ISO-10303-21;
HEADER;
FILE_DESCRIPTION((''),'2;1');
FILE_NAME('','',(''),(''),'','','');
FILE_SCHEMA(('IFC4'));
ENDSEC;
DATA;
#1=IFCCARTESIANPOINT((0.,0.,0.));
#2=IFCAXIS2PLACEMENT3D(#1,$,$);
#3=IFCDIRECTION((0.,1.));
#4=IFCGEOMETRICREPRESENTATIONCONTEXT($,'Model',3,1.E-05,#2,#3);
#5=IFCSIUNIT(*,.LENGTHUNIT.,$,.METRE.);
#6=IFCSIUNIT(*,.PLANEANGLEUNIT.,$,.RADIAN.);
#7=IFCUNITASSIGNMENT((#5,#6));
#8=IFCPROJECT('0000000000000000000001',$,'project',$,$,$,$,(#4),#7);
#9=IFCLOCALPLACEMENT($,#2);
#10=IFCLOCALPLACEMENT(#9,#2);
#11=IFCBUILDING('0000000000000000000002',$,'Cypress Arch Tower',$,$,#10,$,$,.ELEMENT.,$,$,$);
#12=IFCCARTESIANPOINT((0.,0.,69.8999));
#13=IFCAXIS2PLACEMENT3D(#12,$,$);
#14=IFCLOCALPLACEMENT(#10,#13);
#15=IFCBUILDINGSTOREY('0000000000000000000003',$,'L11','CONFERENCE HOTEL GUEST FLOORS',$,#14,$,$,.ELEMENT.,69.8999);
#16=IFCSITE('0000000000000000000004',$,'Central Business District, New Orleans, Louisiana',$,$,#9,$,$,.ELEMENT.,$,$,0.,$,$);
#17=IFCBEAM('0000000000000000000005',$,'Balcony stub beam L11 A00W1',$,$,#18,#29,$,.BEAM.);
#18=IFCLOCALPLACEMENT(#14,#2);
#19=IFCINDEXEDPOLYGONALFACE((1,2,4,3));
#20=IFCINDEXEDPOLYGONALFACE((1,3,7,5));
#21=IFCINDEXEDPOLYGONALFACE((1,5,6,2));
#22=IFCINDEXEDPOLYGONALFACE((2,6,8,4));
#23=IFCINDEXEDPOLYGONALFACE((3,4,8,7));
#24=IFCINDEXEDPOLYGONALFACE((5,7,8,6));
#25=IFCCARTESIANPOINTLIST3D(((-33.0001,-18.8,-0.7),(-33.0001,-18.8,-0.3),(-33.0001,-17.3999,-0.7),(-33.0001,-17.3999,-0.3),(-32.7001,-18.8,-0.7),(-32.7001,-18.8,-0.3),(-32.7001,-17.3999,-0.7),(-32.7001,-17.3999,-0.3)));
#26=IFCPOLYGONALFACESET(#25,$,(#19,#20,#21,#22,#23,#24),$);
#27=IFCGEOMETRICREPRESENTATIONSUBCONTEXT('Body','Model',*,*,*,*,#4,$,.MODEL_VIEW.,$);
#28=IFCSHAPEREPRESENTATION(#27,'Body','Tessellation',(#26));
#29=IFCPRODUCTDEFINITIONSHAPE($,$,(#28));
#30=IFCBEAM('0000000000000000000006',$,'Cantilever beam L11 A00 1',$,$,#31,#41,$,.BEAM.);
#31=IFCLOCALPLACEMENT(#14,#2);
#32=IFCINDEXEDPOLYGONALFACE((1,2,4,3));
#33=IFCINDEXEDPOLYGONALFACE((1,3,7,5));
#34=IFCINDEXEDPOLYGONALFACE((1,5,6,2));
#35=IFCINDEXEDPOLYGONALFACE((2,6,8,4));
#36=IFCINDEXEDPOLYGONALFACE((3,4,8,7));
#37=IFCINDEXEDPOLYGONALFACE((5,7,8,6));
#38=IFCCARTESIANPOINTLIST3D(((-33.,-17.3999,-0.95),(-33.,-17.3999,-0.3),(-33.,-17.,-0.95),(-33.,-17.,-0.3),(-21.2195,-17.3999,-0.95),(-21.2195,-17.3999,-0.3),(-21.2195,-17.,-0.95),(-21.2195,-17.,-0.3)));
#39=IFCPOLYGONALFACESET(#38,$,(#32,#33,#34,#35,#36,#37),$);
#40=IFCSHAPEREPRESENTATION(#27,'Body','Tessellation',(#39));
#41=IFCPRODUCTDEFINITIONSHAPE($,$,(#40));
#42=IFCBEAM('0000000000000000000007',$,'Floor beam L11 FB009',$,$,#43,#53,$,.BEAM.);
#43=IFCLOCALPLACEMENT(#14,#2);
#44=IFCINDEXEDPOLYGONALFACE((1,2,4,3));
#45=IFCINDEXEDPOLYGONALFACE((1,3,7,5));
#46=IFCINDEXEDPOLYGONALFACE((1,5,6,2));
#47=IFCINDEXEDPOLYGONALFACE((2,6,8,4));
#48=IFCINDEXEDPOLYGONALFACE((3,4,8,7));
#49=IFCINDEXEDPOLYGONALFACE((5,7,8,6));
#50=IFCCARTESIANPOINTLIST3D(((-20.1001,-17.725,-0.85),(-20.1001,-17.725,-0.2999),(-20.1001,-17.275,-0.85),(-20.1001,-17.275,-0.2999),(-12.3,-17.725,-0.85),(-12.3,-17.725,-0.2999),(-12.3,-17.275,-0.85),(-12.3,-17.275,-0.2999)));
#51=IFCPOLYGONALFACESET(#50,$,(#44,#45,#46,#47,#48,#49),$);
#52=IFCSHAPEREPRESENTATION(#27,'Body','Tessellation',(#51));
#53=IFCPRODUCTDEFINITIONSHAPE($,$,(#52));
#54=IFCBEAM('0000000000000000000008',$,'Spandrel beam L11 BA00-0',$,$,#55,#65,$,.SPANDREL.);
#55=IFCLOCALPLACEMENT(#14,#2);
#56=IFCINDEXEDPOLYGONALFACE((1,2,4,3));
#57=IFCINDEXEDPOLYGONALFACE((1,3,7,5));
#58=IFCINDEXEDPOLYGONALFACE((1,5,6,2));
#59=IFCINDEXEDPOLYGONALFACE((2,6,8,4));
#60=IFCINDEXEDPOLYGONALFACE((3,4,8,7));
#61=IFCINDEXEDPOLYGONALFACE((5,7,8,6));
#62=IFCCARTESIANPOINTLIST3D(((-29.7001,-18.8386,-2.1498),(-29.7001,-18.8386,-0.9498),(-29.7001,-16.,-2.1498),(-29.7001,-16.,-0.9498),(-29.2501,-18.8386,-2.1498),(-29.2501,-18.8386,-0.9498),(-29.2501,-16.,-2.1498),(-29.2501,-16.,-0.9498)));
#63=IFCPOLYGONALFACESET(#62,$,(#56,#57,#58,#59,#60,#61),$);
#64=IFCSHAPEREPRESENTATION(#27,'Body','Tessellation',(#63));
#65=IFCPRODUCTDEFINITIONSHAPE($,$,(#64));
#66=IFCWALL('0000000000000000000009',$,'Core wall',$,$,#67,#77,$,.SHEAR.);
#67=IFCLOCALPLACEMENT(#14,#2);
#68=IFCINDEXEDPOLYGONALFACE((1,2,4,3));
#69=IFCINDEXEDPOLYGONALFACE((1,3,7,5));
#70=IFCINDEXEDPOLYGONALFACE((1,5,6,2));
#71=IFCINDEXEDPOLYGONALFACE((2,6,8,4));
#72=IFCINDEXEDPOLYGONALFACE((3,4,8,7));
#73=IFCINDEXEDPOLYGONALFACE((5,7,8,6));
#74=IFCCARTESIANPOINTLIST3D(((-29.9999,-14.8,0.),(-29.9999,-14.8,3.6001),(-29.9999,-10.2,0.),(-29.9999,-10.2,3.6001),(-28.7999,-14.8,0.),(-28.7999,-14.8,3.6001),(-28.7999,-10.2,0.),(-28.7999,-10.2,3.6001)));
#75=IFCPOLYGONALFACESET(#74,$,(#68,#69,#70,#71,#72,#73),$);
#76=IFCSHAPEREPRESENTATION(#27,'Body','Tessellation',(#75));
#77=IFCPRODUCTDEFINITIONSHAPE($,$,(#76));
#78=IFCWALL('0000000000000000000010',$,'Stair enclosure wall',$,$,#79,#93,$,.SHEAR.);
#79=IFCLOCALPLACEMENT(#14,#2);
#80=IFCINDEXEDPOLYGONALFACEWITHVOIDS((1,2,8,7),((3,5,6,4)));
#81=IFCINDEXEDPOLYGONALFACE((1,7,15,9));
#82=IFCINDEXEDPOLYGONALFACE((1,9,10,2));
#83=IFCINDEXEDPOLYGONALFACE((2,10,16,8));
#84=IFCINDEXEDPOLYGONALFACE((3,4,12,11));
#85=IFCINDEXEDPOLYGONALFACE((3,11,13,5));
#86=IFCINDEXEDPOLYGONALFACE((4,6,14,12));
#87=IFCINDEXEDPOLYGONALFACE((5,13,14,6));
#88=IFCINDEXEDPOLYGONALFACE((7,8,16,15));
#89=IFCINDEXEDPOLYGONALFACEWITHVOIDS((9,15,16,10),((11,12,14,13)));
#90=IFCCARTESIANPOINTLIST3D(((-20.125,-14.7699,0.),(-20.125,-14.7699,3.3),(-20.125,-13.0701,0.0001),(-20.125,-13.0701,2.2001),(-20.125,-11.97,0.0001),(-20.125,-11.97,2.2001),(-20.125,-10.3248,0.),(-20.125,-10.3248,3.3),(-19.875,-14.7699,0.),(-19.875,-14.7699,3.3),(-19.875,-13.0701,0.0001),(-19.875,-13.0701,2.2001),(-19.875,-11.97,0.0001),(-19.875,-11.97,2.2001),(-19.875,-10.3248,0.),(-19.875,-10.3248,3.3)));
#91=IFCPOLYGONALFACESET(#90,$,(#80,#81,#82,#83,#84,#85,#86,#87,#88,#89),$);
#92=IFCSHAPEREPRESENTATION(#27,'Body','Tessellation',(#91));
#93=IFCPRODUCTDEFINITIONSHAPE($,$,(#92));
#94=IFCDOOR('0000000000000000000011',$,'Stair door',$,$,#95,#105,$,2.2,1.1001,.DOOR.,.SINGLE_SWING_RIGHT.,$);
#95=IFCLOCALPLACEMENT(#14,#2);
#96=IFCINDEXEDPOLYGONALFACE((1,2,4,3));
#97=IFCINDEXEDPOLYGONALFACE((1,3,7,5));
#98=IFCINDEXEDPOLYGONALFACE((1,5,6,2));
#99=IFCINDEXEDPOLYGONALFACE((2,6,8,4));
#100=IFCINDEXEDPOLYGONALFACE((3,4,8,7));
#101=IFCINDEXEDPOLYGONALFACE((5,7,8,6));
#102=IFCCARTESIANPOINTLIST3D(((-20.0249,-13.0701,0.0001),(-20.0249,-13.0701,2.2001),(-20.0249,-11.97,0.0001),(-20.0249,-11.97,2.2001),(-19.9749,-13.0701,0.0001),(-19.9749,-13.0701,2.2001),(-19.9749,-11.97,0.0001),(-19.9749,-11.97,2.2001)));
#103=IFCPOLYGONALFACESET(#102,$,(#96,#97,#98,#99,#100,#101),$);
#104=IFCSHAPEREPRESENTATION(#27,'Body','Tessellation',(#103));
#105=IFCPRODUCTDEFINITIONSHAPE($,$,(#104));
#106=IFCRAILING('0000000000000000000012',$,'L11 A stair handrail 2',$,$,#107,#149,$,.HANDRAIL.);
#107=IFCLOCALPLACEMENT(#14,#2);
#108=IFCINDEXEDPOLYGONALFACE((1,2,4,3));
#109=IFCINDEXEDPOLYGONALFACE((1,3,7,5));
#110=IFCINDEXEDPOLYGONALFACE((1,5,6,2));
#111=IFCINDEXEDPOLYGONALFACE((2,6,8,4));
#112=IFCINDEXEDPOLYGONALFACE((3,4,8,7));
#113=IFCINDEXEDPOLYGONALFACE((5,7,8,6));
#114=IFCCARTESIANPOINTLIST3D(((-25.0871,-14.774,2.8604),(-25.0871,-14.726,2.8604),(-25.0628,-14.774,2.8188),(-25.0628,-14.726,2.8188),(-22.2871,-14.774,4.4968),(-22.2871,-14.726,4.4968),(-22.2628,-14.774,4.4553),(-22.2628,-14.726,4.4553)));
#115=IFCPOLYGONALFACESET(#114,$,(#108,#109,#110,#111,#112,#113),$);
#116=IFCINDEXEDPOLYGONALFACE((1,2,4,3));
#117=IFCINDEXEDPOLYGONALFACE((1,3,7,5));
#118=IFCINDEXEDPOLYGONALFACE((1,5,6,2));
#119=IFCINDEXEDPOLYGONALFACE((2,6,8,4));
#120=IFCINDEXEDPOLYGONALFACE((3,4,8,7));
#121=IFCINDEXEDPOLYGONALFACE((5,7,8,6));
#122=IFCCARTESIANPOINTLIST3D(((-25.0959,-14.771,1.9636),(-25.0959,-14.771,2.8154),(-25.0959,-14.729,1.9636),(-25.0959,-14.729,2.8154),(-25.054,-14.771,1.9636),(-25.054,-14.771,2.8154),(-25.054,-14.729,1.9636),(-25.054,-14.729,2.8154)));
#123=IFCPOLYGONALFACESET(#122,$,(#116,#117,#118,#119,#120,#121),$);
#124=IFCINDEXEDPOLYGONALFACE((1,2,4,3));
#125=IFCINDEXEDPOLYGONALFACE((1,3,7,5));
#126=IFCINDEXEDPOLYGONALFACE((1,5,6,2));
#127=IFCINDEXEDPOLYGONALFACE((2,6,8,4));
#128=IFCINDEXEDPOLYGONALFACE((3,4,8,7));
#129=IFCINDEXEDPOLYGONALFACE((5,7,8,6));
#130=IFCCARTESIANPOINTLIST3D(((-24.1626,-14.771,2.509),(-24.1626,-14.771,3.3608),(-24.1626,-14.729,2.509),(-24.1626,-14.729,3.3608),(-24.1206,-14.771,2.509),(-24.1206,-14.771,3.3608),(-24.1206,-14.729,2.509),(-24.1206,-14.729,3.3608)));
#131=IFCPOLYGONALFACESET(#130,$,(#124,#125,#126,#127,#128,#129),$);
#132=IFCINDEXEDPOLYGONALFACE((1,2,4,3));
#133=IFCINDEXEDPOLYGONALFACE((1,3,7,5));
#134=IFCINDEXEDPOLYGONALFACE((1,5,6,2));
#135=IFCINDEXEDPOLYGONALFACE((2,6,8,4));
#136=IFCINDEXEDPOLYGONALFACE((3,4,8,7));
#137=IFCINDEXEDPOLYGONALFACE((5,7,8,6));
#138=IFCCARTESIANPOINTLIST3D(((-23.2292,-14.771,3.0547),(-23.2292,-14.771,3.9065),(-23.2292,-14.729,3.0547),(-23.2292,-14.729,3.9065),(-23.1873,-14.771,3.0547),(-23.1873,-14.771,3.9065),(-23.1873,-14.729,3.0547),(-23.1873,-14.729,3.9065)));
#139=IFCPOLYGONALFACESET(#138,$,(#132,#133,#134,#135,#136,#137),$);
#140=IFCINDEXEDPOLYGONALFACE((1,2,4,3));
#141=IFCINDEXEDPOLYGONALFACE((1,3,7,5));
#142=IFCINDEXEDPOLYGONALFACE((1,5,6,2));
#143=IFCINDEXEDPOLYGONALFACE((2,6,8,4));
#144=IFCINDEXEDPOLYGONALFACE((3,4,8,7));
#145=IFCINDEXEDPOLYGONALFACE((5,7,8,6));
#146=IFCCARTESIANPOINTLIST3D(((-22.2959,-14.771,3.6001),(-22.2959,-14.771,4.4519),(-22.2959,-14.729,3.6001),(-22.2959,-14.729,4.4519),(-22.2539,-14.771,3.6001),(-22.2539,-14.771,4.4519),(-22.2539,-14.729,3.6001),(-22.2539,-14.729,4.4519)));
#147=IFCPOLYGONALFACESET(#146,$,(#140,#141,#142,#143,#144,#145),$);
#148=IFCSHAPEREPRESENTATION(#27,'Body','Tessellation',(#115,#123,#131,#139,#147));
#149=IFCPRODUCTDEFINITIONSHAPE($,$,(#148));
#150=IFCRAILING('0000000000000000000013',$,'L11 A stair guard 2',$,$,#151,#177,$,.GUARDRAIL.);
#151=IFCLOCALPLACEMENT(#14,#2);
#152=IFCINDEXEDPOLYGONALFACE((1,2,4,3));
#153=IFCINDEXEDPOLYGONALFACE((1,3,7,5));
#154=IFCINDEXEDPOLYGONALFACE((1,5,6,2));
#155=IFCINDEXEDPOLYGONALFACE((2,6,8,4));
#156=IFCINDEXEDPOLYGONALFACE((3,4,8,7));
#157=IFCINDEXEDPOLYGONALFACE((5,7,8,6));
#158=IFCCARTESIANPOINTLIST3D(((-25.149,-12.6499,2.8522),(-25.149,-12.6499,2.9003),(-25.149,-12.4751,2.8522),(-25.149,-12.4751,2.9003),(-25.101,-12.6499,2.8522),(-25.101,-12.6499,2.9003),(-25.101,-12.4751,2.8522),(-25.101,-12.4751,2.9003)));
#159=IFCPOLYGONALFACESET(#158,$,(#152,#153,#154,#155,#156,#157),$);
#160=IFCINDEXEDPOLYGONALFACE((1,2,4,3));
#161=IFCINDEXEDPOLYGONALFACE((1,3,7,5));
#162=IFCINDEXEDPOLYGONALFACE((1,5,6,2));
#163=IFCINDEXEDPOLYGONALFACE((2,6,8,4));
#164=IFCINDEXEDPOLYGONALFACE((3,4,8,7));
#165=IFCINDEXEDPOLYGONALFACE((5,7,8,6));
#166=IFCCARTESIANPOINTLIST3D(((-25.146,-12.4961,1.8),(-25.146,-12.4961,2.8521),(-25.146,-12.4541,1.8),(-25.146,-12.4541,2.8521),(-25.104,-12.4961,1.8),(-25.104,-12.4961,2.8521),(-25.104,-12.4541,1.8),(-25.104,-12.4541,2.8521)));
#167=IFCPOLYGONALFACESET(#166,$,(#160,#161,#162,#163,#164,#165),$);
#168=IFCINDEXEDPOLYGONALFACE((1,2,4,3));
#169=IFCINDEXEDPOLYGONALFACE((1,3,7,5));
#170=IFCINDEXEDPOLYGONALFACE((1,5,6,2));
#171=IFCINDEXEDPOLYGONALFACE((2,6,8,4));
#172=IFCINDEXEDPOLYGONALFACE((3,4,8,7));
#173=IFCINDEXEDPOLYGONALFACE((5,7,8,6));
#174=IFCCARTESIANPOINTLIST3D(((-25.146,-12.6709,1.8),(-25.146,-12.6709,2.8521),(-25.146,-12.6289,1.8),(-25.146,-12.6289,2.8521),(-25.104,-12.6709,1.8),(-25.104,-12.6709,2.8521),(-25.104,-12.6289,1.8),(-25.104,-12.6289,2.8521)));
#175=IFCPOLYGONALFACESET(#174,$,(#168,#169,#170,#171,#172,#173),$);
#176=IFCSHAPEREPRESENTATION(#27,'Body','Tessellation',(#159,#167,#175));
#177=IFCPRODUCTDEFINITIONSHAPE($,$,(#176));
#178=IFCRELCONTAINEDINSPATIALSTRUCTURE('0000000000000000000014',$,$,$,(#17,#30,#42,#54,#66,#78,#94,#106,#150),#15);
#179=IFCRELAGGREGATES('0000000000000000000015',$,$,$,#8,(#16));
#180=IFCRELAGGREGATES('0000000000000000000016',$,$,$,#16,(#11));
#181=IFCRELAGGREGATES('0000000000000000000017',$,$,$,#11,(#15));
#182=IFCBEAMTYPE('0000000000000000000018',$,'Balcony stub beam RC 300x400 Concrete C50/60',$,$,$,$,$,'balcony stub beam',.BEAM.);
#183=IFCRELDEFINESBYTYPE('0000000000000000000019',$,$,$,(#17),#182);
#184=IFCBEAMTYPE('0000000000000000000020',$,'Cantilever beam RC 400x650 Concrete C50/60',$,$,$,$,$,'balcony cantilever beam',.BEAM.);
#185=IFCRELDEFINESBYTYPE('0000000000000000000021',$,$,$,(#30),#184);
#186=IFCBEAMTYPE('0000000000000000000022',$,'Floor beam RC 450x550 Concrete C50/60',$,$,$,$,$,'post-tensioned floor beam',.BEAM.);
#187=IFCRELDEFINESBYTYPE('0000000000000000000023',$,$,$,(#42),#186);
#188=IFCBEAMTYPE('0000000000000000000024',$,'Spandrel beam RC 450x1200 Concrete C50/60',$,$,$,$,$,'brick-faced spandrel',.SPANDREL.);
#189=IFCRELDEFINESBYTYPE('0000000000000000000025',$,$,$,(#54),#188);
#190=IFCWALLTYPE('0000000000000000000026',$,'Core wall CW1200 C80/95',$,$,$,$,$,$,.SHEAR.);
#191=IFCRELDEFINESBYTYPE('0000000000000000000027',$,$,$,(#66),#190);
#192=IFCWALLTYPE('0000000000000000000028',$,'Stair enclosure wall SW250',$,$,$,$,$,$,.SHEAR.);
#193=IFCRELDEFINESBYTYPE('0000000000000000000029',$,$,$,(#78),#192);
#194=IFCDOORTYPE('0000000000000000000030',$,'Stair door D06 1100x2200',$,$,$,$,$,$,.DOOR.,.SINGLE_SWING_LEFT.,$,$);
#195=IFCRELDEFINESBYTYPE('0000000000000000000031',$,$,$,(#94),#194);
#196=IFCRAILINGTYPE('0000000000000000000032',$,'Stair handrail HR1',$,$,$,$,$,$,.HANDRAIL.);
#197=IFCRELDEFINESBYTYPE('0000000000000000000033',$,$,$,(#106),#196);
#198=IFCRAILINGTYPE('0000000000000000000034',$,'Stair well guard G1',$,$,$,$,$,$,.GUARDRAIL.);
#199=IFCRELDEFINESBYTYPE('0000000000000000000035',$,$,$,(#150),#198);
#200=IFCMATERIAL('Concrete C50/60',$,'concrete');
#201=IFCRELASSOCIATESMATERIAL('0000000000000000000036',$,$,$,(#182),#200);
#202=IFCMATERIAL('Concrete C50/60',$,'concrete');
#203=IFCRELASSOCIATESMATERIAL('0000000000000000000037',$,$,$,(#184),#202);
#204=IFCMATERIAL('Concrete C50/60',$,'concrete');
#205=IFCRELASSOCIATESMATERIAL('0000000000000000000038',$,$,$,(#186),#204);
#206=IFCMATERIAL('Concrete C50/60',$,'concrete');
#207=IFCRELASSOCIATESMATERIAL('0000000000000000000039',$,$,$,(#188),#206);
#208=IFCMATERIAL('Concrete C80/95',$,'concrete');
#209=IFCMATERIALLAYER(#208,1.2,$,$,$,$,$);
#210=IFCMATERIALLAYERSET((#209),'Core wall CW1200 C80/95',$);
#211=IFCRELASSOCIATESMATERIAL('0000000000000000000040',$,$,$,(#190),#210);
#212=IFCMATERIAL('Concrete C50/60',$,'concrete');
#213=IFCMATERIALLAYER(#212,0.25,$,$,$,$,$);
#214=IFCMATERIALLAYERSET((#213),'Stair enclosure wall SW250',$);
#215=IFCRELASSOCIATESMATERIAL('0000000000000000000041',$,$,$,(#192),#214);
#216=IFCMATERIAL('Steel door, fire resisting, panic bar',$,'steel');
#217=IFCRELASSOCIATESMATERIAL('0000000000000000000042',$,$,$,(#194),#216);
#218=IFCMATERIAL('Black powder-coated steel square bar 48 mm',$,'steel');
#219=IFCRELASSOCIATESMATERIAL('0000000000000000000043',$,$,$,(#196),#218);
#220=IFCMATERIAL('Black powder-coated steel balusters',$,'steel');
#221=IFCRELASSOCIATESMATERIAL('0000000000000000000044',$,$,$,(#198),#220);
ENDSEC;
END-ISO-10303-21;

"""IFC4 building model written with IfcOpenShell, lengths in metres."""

from ifc_helpers import new_model, si_unit, direction, frame, frame_2d, origin, origin_2d, place, context, subcontext, project, spatial, rectangle, extrude, material, layer, layer_set, material_profile, profile_set, type_object, element, fill, save


model = new_model("IFC4")

# Units and contexts
model_context = context("Model", 3, precision=1e-05, world=origin(), true_north=direction((0.0, 1.0)))
body_context = subcontext(model_context, "Body", "Model", "MODEL_VIEW")
ifc_project = project(units=[si_unit("LENGTHUNIT", "METRE"), si_unit("PLANEANGLEUNIT", "RADIAN")], contexts=[model_context])

# Site, building, storey
site_placement = place(None, origin())
site = spatial("IfcSite", under=ifc_project, at=site_placement, Name="Central Business District, New Orleans, Louisiana", CompositionType="ELEMENT", RefElevation=0.0)
building_placement = place(site_placement, origin())
building = spatial("IfcBuilding", under=site, at=building_placement, Name="Cypress Arch Tower", CompositionType="ELEMENT")
storey_placement = place(building_placement, frame((0.0, 0.0, 69.8999)))
storey = spatial("IfcBuildingStorey", under=building, at=storey_placement, Name="L11", Description="CONFERENCE HOTEL GUEST FLOORS", CompositionType="ELEMENT", Elevation=69.8999)

# Beams
ifc_material_1 = material(Name="Concrete C50/60", Category="concrete")
ifc_material_profile_1 = material_profile(ifc_material_1, rectangle(XDim=0.3, YDim=0.3999, at=origin_2d()), Name="RC 300x400")
ifc_profile_set_1 = profile_set([ifc_material_profile_1], Name="Concrete C50/60")
beam_type_1 = type_object("IfcBeamType", Name="Balcony stub beam RC 300x400 Concrete C50/60", ElementType="balcony stub beam", PredefinedType="BEAM", material=ifc_profile_set_1)
beam_1_placement = place(storey_placement, frame((-32.8501, -17.3999, -0.5), z_axis=(0.0, -1.0, 0.0), x_axis=(1.0, 0.0, 0.0)))
element("IfcBeam", 1, at=beam_1_placement, inside=storey, type_object=beam_type_1, Name="Balcony stub beam L11 A00W1", PredefinedType="BEAM", context=body_context, shape_type="SweptSolid", body=[
    extrude(rectangle(XDim=0.3, YDim=0.3999, at=origin_2d()), origin(), (0.0, 0.0, 1.0), 1.4001),
])
ifc_material_2 = material(Name="Concrete C50/60", Category="concrete")
ifc_material_profile_2 = material_profile(ifc_material_2, rectangle(XDim=0.3999, YDim=0.6499, at=origin_2d()), Name="RC 400x650")
ifc_profile_set_2 = profile_set([ifc_material_profile_2], Name="Concrete C50/60")
beam_type_2 = type_object("IfcBeamType", Name="Cantilever beam RC 400x650 Concrete C50/60", ElementType="balcony cantilever beam", PredefinedType="BEAM", material=ifc_profile_set_2)
beam_2_placement = place(storey_placement, frame((-21.2195, -17.2, -0.625), z_axis=(-1.0, 0.0, 0.0), x_axis=(0.0, -1.0, 0.0)))
element("IfcBeam", 2, at=beam_2_placement, inside=storey, type_object=beam_type_2, Name="Cantilever beam L11 A00 1", PredefinedType="BEAM", context=body_context, shape_type="SweptSolid", body=[
    extrude(rectangle(XDim=0.3999, YDim=0.6499, at=origin_2d()), origin(), (0.0, 0.0, 1.0), 11.7805),
])
ifc_material_3 = material(Name="Concrete C50/60", Category="concrete")
ifc_material_profile_3 = material_profile(ifc_material_3, rectangle(XDim=0.45, YDim=0.55, at=origin_2d()), Name="RC 450x550")
ifc_profile_set_3 = profile_set([ifc_material_profile_3], Name="Concrete C50/60")
beam_type_3 = type_object("IfcBeamType", Name="Floor beam RC 450x550 Concrete C50/60", ElementType="post-tensioned floor beam", PredefinedType="BEAM", material=ifc_profile_set_3)
beam_3_placement = place(storey_placement, frame((-20.1001, -17.5, -0.575), z_axis=(1.0, 0.0, 0.0), x_axis=(0.0, 1.0, 0.0)))
element("IfcBeam", 3, at=beam_3_placement, inside=storey, type_object=beam_type_3, Name="Floor beam L11 FB009", PredefinedType="BEAM", context=body_context, shape_type="SweptSolid", body=[
    extrude(rectangle(XDim=0.45, YDim=0.55, at=origin_2d()), origin(), (0.0, 0.0, 1.0), 7.8),
])
ifc_material_4 = material(Name="Concrete C50/60", Category="concrete")
ifc_material_profile_4 = material_profile(ifc_material_4, rectangle(XDim=0.45, YDim=1.2, at=origin_2d()), Name="RC 450x1200")
ifc_profile_set_4 = profile_set([ifc_material_profile_4], Name="Concrete C50/60")
beam_type_4 = type_object("IfcBeamType", Name="Spandrel beam RC 450x1200 Concrete C50/60", ElementType="brick-faced spandrel", PredefinedType="SPANDREL", material=ifc_profile_set_4)
beam_4_placement = place(storey_placement, frame((-29.4751, -16.0, -1.5498), z_axis=(0.0, -1.0, 0.0), x_axis=(1.0, 0.0, 0.0)))
element("IfcBeam", 4, at=beam_4_placement, inside=storey, type_object=beam_type_4, Name="Spandrel beam L11 BA00-0", PredefinedType="SPANDREL", context=body_context, shape_type="SweptSolid", body=[
    extrude(rectangle(XDim=0.45, YDim=1.2, at=origin_2d()), origin(), (0.0, 0.0, 1.0), 2.8386),
])

# Shared definitions
ifc_material_5 = material(Name="Concrete C80/95", Category="concrete")
ifc_layer_1 = layer(ifc_material_5, 1.2)
ifc_layer_set_1 = layer_set([ifc_layer_1], Name="Core wall CW1200 C80/95")
wall_type_1 = type_object("IfcWallType", Name="Core wall CW1200 C80/95", PredefinedType="SHEAR", material=ifc_layer_set_1)

# Wall
wall_1_placement = place(storey_placement, frame((-29.3999, -14.8, 0.0), z_axis=(0.0, 0.0, 1.0), x_axis=(0.0, 1.0, 0.0)))
element("IfcWall", 5, at=wall_1_placement, inside=storey, type_object=wall_type_1, Name="Core wall", PredefinedType="SHEAR", context=body_context, shape_type="SweptSolid", body=[
    extrude(rectangle(XDim=4.6001, YDim=1.2, at=frame_2d((2.3, 0.0))), origin(), (0.0, 0.0, 1.0), 3.6001),
])

# Wall, opening, door
ifc_material_6 = material(Name="Concrete C50/60", Category="concrete")
ifc_layer_2 = layer(ifc_material_6, 0.25)
ifc_layer_set_2 = layer_set([ifc_layer_2], Name="Stair enclosure wall SW250")
wall_type_2 = type_object("IfcWallType", Name="Stair enclosure wall SW250", PredefinedType="SHEAR", material=ifc_layer_set_2)
wall_2_placement = place(storey_placement, frame((-20.0, -14.77, 0.0), z_axis=(0.0, 0.0, 1.0), x_axis=(0.0, 1.0, 0.0)))
wall_2 = element("IfcWall", 6, at=wall_2_placement, inside=storey, type_object=wall_type_2, Name="Stair enclosure wall", PredefinedType="SHEAR", context=body_context, shape_type="SweptSolid", body=[
    extrude(rectangle(XDim=4.4451, YDim=0.25, at=frame_2d((2.2227, 0.0))), origin(), (0.0, 0.0, 1.0), 3.3),
])
opening_1_placement = place(wall_2_placement, frame((1.7, 0.0, 0.0)))
opening_1 = element("IfcOpeningElement", 7, at=opening_1_placement, cuts=wall_2, PredefinedType="OPENING", context=body_context, shape_type="SweptSolid", body=[
    extrude(rectangle(XDim=1.1001, YDim=2.2, at=frame_2d((0.55, 1.1001))), frame((0.0, 0.135, 0.0), z_axis=(0.0, -1.0, 0.0), x_axis=(1.0, 0.0, 0.0)), (0.0, 0.0, 1.0), 0.27),
])
ifc_material_7 = material(Name="Steel door, fire resisting, panic bar", Category="steel")
door_type_1 = type_object("IfcDoorType", Name="Stair door D06 1100x2200", OperationType="SINGLE_SWING_LEFT", PredefinedType="DOOR", material=ifc_material_7)
door_1_placement = place(opening_1_placement, origin())
door_1 = element("IfcDoor", 8, at=door_1_placement, inside=storey, type_object=door_type_1, Name="Stair door", OperationType="SINGLE_SWING_RIGHT", OverallHeight=2.2, OverallWidth=1.1001, PredefinedType="DOOR", context=body_context, shape_type="SweptSolid", body=[
    extrude(rectangle(XDim=1.1001, YDim=2.2, at=frame_2d((0.55, 1.1001))), frame((0.0, 0.0249, 0.0), z_axis=(0.0, -1.0, 0.0), x_axis=(1.0, 0.0, 0.0)), (0.0, 0.0, 1.0), 0.05),
])
fill(opening_1, door_1)

# Railings
ifc_material_8 = material(Name="Black powder-coated steel square bar 48 mm", Category="steel")
railing_type_1 = type_object("IfcRailingType", Name="Stair handrail HR1", PredefinedType="HANDRAIL", material=ifc_material_8)
railing_1_placement = place(storey_placement, frame((-25.075, -14.75, 1.9636)))
element("IfcRailing", 9, at=railing_1_placement, inside=storey, type_object=railing_type_1, Name="L11 A stair handrail 2", PredefinedType="HANDRAIL", context=body_context, shape_type="SweptSolid", body=[
    extrude(rectangle(XDim=0.0481, YDim=0.0481, at=origin_2d()), frame((0.0, 0.0, 0.876), z_axis=(0.863361, 0.0, 0.504587), x_axis=(0.0, 1.0, 0.0)), (0.0, 0.0, 1.0), 3.2432),
    extrude(rectangle(XDim=0.042, YDim=0.042, at=origin_2d()), origin(), (0.0, 0.0, 1.0), 0.8518),
    extrude(rectangle(XDim=0.042, YDim=0.042, at=origin_2d()), frame((0.9333, 0.0, 0.5454)), (0.0, 0.0, 1.0), 0.8518),
    extrude(rectangle(XDim=0.042, YDim=0.042, at=origin_2d()), frame((1.8667, 0.0, 1.0911)), (0.0, 0.0, 1.0), 0.8518),
    extrude(rectangle(XDim=0.042, YDim=0.042, at=origin_2d()), frame((2.8, 0.0, 1.6365)), (0.0, 0.0, 1.0), 0.8518),
])
ifc_material_9 = material(Name="Black powder-coated steel balusters", Category="steel")
railing_type_2 = type_object("IfcRailingType", Name="Stair well guard G1", PredefinedType="GUARDRAIL", material=ifc_material_9)
railing_2_placement = place(storey_placement, frame((-25.125, -12.4751, 1.8)))
element("IfcRailing", 10, at=railing_2_placement, inside=storey, type_object=railing_type_2, Name="L11 A stair guard 2", PredefinedType="GUARDRAIL", context=body_context, shape_type="SweptSolid", body=[
    extrude(rectangle(XDim=0.0481, YDim=0.0481, at=origin_2d()), frame((0.0, 0.0, 1.0762), z_axis=(0.0, -1.0, 0.0), x_axis=(1.0, 0.0, 0.0)), (0.0, 0.0, 1.0), 0.1748),
    extrude(rectangle(XDim=0.042, YDim=0.042, at=origin_2d()), origin(), (0.0, 0.0, 1.0), 1.052),
    extrude(rectangle(XDim=0.042, YDim=0.042, at=origin_2d()), frame((0.0, -0.1748, 0.0)), (0.0, 0.0, 1.0), 1.052),
])

save(model, "model.ifc")
